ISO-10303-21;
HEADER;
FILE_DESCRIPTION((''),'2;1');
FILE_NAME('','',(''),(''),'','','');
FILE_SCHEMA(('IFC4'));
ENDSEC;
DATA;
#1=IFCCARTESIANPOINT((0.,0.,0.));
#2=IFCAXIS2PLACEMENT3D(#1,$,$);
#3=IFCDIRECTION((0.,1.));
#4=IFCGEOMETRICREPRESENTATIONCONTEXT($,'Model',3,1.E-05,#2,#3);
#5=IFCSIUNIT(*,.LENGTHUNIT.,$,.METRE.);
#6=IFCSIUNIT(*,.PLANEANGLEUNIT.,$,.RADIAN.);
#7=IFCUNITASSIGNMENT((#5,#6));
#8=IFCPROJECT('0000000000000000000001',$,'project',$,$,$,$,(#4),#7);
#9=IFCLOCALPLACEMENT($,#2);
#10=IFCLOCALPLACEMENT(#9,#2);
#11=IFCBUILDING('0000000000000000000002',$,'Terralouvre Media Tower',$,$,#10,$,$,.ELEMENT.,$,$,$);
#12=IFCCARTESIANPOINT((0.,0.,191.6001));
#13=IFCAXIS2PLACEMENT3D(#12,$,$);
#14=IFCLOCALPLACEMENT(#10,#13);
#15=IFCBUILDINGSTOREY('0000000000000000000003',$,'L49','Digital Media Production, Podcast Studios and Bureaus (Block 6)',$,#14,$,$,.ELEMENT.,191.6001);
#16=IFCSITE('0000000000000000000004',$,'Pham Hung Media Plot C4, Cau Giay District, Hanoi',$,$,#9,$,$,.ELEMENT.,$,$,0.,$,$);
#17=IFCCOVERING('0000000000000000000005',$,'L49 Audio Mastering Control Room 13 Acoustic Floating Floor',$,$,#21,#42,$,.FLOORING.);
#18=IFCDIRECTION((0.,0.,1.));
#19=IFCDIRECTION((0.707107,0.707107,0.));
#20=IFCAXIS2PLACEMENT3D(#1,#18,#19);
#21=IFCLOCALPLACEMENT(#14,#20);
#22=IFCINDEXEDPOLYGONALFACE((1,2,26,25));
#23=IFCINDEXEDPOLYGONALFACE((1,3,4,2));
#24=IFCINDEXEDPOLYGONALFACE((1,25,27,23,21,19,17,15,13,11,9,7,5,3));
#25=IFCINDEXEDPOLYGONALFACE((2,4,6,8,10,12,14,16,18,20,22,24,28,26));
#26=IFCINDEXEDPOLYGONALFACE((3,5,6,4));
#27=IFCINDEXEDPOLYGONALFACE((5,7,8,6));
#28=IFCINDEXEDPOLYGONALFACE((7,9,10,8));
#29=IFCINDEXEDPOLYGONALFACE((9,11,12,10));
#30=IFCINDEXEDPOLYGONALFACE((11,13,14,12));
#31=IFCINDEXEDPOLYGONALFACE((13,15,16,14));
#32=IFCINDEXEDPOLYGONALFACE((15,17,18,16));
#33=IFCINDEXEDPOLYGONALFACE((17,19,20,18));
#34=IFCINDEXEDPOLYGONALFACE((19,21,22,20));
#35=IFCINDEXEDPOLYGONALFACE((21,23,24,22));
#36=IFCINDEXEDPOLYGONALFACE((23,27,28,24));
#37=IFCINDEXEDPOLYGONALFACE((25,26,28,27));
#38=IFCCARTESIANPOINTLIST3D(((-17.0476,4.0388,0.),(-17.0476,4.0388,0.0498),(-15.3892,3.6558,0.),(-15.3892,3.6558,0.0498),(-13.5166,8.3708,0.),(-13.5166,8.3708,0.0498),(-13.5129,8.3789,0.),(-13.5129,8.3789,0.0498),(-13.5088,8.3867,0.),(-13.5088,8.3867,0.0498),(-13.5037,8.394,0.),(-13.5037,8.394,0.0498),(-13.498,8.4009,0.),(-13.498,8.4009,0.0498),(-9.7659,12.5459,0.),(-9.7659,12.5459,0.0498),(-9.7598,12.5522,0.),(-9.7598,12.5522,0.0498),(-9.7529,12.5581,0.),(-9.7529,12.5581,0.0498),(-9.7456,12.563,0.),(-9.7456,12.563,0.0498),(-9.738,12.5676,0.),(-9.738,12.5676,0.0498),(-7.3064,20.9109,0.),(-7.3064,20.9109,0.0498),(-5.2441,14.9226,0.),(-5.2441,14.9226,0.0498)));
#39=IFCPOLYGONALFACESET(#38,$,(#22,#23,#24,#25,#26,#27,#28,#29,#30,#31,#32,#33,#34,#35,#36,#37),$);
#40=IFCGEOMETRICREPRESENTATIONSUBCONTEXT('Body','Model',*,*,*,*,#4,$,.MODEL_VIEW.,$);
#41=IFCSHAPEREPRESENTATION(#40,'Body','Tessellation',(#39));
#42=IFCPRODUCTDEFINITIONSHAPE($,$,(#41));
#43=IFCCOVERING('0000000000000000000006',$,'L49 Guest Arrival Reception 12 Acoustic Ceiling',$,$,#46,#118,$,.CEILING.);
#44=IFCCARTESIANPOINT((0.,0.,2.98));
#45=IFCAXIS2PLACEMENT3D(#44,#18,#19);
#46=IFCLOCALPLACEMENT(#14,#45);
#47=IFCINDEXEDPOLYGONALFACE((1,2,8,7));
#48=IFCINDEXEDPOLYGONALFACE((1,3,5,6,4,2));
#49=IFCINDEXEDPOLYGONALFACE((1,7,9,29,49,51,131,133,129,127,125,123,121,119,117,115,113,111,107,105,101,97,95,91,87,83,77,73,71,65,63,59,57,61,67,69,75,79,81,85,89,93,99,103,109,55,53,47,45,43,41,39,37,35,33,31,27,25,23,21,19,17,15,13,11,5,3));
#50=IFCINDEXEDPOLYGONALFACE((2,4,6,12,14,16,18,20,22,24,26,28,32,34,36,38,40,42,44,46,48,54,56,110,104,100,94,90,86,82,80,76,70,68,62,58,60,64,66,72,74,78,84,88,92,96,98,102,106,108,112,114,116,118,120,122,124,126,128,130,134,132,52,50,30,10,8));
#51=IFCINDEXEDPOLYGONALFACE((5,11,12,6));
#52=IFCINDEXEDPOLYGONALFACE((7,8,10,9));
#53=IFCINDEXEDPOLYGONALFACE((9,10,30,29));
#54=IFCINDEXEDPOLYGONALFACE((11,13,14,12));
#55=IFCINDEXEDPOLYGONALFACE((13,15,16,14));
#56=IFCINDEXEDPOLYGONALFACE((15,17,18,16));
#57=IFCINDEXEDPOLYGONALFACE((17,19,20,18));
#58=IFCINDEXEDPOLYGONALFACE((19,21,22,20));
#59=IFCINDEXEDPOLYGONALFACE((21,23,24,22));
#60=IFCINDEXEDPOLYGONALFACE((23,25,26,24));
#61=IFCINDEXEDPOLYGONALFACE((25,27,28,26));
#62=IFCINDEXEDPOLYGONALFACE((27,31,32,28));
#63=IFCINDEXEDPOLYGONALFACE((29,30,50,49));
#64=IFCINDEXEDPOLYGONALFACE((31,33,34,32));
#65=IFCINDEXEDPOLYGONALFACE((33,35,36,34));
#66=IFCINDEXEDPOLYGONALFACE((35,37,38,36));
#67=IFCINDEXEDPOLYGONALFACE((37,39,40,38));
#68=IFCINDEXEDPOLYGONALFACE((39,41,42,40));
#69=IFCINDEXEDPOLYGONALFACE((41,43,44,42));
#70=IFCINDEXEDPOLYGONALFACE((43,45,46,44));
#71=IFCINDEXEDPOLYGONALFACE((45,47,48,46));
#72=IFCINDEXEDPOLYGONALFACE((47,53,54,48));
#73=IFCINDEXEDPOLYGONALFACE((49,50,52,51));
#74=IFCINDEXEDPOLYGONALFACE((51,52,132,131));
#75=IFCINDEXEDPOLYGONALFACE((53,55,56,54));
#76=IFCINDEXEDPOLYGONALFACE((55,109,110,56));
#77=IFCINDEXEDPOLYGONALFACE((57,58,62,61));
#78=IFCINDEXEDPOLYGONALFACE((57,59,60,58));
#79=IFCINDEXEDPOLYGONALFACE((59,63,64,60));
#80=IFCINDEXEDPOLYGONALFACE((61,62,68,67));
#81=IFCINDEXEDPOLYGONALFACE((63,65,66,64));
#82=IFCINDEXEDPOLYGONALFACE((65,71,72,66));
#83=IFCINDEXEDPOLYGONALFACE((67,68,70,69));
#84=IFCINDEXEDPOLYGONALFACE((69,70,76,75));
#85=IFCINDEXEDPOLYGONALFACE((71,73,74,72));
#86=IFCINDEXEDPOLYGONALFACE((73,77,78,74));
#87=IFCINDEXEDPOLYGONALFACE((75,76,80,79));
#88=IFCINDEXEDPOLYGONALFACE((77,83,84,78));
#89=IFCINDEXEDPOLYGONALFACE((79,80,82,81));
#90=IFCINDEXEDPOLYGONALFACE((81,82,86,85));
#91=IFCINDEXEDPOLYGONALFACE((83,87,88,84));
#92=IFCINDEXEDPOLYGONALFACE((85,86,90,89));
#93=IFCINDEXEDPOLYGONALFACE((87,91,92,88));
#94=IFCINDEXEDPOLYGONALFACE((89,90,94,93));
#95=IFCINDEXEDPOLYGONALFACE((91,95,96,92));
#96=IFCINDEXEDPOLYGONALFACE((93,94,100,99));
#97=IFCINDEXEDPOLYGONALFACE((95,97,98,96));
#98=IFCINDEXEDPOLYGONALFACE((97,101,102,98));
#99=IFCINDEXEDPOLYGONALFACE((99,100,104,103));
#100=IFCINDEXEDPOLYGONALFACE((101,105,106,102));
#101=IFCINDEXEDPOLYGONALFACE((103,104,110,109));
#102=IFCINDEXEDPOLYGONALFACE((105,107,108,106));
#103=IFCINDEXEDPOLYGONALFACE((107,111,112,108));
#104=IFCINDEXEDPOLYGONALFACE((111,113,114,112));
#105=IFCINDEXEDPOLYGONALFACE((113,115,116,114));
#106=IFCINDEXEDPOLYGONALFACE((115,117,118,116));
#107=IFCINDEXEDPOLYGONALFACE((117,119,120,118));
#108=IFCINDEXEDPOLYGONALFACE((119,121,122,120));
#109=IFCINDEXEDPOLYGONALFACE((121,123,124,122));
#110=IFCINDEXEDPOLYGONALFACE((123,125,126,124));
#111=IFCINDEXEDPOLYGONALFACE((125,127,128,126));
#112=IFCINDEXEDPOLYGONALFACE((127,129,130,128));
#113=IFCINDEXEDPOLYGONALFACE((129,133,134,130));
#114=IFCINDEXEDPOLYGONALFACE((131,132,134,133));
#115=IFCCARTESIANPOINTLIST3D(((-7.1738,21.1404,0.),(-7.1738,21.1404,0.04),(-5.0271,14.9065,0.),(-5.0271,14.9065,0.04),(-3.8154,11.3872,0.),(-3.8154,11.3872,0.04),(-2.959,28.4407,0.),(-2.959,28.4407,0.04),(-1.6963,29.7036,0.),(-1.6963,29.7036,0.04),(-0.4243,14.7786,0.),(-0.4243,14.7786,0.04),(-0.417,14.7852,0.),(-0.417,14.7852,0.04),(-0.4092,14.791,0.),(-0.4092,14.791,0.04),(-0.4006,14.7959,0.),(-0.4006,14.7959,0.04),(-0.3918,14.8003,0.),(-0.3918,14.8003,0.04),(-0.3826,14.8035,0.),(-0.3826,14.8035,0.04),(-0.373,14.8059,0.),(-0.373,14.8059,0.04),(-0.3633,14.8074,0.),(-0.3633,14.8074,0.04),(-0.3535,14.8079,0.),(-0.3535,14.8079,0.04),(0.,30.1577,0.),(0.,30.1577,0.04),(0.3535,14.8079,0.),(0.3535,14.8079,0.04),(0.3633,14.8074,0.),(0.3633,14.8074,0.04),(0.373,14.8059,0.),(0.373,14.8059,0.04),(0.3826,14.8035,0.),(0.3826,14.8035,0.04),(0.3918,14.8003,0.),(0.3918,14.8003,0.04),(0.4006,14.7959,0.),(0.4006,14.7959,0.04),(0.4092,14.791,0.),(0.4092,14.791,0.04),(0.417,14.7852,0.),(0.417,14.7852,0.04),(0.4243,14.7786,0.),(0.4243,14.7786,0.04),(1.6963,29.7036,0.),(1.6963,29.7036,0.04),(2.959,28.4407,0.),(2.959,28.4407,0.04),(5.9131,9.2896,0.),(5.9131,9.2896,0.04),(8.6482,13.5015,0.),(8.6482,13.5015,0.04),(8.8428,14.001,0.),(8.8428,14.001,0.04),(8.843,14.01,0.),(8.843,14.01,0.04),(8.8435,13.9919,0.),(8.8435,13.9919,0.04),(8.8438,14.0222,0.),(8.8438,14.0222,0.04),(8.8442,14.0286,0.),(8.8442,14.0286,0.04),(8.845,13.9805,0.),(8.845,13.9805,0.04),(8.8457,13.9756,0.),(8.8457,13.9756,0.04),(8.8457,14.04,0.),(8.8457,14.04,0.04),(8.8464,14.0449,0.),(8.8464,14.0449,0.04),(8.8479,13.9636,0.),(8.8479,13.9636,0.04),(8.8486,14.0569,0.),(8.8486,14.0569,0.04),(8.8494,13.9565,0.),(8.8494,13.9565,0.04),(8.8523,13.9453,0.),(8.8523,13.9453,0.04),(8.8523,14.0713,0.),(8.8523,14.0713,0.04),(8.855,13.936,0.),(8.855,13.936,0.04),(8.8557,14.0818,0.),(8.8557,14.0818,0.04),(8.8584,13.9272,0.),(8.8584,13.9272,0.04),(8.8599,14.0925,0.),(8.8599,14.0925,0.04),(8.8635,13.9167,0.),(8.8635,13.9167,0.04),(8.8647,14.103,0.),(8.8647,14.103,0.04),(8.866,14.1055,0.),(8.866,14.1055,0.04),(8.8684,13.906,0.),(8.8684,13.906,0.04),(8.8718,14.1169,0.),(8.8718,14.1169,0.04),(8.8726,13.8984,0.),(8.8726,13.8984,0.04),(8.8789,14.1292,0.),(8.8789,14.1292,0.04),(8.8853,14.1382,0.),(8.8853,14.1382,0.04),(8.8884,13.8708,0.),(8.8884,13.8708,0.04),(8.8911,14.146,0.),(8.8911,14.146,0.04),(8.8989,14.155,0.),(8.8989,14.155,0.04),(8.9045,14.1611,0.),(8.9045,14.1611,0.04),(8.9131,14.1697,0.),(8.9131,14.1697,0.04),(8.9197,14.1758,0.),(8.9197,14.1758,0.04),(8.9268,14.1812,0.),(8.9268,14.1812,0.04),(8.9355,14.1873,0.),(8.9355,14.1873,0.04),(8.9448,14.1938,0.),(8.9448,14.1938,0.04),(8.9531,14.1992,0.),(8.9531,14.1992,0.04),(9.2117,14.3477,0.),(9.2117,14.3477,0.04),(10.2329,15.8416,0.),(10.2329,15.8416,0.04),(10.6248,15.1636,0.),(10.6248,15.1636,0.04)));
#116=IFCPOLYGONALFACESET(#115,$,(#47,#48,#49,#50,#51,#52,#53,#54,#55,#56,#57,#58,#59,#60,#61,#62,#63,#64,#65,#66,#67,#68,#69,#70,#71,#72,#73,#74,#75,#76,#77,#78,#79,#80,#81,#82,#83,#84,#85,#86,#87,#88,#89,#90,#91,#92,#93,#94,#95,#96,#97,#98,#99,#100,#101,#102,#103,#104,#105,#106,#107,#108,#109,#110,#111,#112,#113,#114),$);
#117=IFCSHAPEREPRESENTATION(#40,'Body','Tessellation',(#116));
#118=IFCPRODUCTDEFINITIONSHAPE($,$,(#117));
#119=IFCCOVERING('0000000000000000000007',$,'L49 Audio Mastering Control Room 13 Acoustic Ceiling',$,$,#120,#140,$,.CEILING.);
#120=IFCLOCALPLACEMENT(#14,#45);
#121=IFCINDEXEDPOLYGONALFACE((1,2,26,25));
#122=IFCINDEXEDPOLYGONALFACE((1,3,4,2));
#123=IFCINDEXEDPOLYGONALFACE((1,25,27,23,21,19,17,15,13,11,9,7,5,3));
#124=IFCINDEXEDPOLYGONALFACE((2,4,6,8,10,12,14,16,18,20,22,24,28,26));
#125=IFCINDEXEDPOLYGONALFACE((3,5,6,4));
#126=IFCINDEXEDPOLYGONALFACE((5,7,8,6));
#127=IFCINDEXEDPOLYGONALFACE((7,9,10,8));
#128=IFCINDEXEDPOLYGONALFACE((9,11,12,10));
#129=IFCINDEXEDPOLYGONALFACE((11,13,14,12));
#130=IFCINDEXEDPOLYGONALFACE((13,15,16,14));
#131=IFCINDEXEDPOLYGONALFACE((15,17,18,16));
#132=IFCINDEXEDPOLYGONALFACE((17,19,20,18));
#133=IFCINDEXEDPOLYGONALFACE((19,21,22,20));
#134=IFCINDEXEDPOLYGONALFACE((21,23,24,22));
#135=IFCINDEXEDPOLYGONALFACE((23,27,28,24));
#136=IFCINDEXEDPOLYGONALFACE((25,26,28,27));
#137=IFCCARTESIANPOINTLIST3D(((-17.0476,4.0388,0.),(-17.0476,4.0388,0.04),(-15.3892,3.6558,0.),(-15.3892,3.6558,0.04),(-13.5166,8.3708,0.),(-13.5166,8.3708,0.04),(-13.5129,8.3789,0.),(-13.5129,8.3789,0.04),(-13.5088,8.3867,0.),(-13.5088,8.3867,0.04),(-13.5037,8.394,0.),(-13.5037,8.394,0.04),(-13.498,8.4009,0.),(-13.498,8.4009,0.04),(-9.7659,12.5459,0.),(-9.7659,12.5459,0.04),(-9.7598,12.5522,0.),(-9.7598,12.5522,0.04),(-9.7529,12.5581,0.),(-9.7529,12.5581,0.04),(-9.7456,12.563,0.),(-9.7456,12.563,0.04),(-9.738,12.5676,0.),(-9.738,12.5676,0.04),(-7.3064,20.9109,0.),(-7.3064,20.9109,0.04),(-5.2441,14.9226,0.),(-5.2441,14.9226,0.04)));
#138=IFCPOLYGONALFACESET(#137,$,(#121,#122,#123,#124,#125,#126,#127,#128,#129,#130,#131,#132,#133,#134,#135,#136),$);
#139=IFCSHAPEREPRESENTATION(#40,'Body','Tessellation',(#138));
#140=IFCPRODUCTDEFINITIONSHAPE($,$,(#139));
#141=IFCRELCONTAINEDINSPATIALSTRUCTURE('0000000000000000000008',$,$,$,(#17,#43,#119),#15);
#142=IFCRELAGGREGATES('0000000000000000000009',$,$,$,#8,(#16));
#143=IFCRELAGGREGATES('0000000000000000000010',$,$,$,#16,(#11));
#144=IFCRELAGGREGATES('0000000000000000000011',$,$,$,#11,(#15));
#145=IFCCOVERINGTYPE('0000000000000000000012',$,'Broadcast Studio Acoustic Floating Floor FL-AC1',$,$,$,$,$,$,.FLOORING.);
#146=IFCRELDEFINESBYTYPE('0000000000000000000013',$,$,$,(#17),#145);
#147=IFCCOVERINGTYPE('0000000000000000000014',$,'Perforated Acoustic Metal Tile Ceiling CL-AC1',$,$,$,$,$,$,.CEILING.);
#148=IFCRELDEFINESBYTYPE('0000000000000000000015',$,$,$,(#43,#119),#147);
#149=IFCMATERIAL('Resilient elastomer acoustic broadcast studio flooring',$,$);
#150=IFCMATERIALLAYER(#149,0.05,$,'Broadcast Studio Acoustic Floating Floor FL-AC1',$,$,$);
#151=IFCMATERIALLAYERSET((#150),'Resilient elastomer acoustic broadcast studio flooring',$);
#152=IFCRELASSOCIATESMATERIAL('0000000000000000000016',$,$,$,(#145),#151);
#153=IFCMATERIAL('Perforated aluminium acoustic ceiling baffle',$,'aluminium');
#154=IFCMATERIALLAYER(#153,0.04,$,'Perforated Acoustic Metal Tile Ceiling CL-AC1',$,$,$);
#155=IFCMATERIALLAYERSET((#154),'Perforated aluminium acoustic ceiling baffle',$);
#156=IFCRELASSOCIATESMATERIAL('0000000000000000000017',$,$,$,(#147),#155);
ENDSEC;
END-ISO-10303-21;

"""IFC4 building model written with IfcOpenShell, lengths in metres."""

from ifc_helpers import new_model, si_unit, direction, frame, origin, place, context, subcontext, project, spatial, polyline, outline, extrude, material, layer, layer_set, type_object, element, save


model = new_model("IFC4")

# Units and contexts
model_context = context("Model", 3, precision=1e-05, world=origin(), true_north=direction((0.0, 1.0)))
body_context = subcontext(model_context, "Body", "Model", "MODEL_VIEW")
ifc_project = project(units=[si_unit("LENGTHUNIT", "METRE"), si_unit("PLANEANGLEUNIT", "RADIAN")], contexts=[model_context])

# Site, building, storey
site_placement = place(None, origin())
site = spatial("IfcSite", under=ifc_project, at=site_placement, Name="Pham Hung Media Plot C4, Cau Giay District, Hanoi", CompositionType="ELEMENT", RefElevation=0.0)
building_placement = place(site_placement, origin())
building = spatial("IfcBuilding", under=site, at=building_placement, Name="Terralouvre Media Tower", CompositionType="ELEMENT")
storey_placement = place(building_placement, frame((0.0, 0.0, 191.6001)))
storey = spatial("IfcBuildingStorey", under=building, at=storey_placement, Name="L49", Description="Digital Media Production, Podcast Studios and Bureaus (Block 6)", CompositionType="ELEMENT", Elevation=191.6001)

# Coverings
ifc_material_1 = material(Name="Resilient elastomer acoustic broadcast studio flooring")
ifc_layer_1 = layer(ifc_material_1, 0.05, Name="Broadcast Studio Acoustic Floating Floor FL-AC1")
ifc_layer_set_1 = layer_set([ifc_layer_1], Name="Resilient elastomer acoustic broadcast studio flooring")
covering_type_1 = type_object("IfcCoveringType", Name="Broadcast Studio Acoustic Floating Floor FL-AC1", PredefinedType="FLOORING", material=ifc_layer_set_1)
covering_1_placement = place(storey_placement, frame((0.0, 0.0, 0.0), z_axis=(0.0, 0.0, 1.0), x_axis=(0.707107, 0.707107, 0.0)))
element("IfcCovering", 1, at=covering_1_placement, inside=storey, type_object=covering_type_1, Name="L49 Audio Mastering Control Room 13 Acoustic Floating Floor", PredefinedType="FLOORING", context=body_context, shape_type="SweptSolid", body=[
    extrude(outline(polyline([(-13.5166, 8.3708), (-13.5129, 8.3789), (-13.5088, 8.3867), (-13.5037, 8.394), (-13.498, 8.4009), (-9.7659, 12.5459), (-9.7598, 12.5522), (-9.7529, 12.5581), (-9.7456, 12.563), (-9.738, 12.5676), (-5.2441, 14.9226), (-7.3064, 20.9109), (-17.0476, 4.0388), (-15.3892, 3.6558), (-13.5166, 8.3708)])), origin(), (0.0, 0.0, 1.0), 0.0498),
])
ifc_material_2 = material(Name="Perforated aluminium acoustic ceiling baffle", Category="aluminium")
ifc_layer_2 = layer(ifc_material_2, 0.04, Name="Perforated Acoustic Metal Tile Ceiling CL-AC1")
ifc_layer_set_2 = layer_set([ifc_layer_2], Name="Perforated aluminium acoustic ceiling baffle")
covering_type_2 = type_object("IfcCoveringType", Name="Perforated Acoustic Metal Tile Ceiling CL-AC1", PredefinedType="CEILING", material=ifc_layer_set_2)
covering_2_placement = place(storey_placement, frame((0.0, 0.0, 2.98), z_axis=(0.0, 0.0, 1.0), x_axis=(0.707107, 0.707107, 0.0)))
element("IfcCovering", 2, at=covering_2_placement, inside=storey, type_object=covering_type_2, Name="L49 Guest Arrival Reception 12 Acoustic Ceiling", PredefinedType="CEILING", context=body_context, shape_type="SweptSolid", body=[
    extrude(outline(polyline([(-5.0271, 14.9065), (-3.8154, 11.3872), (-0.4243, 14.7786), (-0.417, 14.7852), (-0.4092, 14.791), (-0.4006, 14.7959), (-0.3918, 14.8003), (-0.3826, 14.8035), (-0.373, 14.8059), (-0.3633, 14.8074), (-0.3535, 14.8079), (0.3535, 14.8079), (0.3633, 14.8074), (0.373, 14.8059), (0.3826, 14.8035), (0.3918, 14.8003), (0.4006, 14.7959), (0.4092, 14.791), (0.417, 14.7852), (0.4243, 14.7786), (5.9131, 9.2896), (8.6482, 13.5015), (8.8884, 13.8708), (8.8726, 13.8984), (8.8684, 13.906), (8.8635, 13.9167), (8.8584, 13.9272), (8.855, 13.936), (8.8523, 13.9453), (8.8494, 13.9565), (8.8479, 13.9636), (8.8457, 13.9756), (8.845, 13.9805), (8.8435, 13.9919), (8.8428, 14.001), (8.843, 14.01), (8.8438, 14.0222), (8.8442, 14.0286), (8.8457, 14.04), (8.8464, 14.0449), (8.8486, 14.0569), (8.8523, 14.0713), (8.8557, 14.0818), (8.8599, 14.0925), (8.8647, 14.103), (8.866, 14.1055), (8.8718, 14.1169), (8.8789, 14.1292), (8.8853, 14.1382), (8.8911, 14.146), (8.8989, 14.155), (8.9045, 14.1611), (8.9131, 14.1697), (8.9197, 14.1758), (8.9268, 14.1812), (8.9355, 14.1873), (8.9448, 14.1938), (8.9531, 14.1992), (9.2117, 14.3477), (10.6248, 15.1636), (10.2329, 15.8416), (2.959, 28.4407), (1.6963, 29.7036), (0.0, 30.1577), (-1.6963, 29.7036), (-2.959, 28.4407), (-7.1738, 21.1404), (-5.0271, 14.9065)])), origin(), (0.0, 0.0, 1.0), 0.04),
])
covering_3_placement = place(storey_placement, frame((0.0, 0.0, 2.98), z_axis=(0.0, 0.0, 1.0), x_axis=(0.707107, 0.707107, 0.0)))
element("IfcCovering", 3, at=covering_3_placement, inside=storey, type_object=covering_type_2, Name="L49 Audio Mastering Control Room 13 Acoustic Ceiling", PredefinedType="CEILING", context=body_context, shape_type="SweptSolid", body=[
    extrude(outline(polyline([(-13.5166, 8.3708), (-13.5129, 8.3789), (-13.5088, 8.3867), (-13.5037, 8.394), (-13.498, 8.4009), (-9.7659, 12.5459), (-9.7598, 12.5522), (-9.7529, 12.5581), (-9.7456, 12.563), (-9.738, 12.5676), (-5.2441, 14.9226), (-7.3064, 20.9109), (-17.0476, 4.0388), (-15.3892, 3.6558), (-13.5166, 8.3708)])), origin(), (0.0, 0.0, 1.0), 0.04),
])

save(model, "model.ifc")
